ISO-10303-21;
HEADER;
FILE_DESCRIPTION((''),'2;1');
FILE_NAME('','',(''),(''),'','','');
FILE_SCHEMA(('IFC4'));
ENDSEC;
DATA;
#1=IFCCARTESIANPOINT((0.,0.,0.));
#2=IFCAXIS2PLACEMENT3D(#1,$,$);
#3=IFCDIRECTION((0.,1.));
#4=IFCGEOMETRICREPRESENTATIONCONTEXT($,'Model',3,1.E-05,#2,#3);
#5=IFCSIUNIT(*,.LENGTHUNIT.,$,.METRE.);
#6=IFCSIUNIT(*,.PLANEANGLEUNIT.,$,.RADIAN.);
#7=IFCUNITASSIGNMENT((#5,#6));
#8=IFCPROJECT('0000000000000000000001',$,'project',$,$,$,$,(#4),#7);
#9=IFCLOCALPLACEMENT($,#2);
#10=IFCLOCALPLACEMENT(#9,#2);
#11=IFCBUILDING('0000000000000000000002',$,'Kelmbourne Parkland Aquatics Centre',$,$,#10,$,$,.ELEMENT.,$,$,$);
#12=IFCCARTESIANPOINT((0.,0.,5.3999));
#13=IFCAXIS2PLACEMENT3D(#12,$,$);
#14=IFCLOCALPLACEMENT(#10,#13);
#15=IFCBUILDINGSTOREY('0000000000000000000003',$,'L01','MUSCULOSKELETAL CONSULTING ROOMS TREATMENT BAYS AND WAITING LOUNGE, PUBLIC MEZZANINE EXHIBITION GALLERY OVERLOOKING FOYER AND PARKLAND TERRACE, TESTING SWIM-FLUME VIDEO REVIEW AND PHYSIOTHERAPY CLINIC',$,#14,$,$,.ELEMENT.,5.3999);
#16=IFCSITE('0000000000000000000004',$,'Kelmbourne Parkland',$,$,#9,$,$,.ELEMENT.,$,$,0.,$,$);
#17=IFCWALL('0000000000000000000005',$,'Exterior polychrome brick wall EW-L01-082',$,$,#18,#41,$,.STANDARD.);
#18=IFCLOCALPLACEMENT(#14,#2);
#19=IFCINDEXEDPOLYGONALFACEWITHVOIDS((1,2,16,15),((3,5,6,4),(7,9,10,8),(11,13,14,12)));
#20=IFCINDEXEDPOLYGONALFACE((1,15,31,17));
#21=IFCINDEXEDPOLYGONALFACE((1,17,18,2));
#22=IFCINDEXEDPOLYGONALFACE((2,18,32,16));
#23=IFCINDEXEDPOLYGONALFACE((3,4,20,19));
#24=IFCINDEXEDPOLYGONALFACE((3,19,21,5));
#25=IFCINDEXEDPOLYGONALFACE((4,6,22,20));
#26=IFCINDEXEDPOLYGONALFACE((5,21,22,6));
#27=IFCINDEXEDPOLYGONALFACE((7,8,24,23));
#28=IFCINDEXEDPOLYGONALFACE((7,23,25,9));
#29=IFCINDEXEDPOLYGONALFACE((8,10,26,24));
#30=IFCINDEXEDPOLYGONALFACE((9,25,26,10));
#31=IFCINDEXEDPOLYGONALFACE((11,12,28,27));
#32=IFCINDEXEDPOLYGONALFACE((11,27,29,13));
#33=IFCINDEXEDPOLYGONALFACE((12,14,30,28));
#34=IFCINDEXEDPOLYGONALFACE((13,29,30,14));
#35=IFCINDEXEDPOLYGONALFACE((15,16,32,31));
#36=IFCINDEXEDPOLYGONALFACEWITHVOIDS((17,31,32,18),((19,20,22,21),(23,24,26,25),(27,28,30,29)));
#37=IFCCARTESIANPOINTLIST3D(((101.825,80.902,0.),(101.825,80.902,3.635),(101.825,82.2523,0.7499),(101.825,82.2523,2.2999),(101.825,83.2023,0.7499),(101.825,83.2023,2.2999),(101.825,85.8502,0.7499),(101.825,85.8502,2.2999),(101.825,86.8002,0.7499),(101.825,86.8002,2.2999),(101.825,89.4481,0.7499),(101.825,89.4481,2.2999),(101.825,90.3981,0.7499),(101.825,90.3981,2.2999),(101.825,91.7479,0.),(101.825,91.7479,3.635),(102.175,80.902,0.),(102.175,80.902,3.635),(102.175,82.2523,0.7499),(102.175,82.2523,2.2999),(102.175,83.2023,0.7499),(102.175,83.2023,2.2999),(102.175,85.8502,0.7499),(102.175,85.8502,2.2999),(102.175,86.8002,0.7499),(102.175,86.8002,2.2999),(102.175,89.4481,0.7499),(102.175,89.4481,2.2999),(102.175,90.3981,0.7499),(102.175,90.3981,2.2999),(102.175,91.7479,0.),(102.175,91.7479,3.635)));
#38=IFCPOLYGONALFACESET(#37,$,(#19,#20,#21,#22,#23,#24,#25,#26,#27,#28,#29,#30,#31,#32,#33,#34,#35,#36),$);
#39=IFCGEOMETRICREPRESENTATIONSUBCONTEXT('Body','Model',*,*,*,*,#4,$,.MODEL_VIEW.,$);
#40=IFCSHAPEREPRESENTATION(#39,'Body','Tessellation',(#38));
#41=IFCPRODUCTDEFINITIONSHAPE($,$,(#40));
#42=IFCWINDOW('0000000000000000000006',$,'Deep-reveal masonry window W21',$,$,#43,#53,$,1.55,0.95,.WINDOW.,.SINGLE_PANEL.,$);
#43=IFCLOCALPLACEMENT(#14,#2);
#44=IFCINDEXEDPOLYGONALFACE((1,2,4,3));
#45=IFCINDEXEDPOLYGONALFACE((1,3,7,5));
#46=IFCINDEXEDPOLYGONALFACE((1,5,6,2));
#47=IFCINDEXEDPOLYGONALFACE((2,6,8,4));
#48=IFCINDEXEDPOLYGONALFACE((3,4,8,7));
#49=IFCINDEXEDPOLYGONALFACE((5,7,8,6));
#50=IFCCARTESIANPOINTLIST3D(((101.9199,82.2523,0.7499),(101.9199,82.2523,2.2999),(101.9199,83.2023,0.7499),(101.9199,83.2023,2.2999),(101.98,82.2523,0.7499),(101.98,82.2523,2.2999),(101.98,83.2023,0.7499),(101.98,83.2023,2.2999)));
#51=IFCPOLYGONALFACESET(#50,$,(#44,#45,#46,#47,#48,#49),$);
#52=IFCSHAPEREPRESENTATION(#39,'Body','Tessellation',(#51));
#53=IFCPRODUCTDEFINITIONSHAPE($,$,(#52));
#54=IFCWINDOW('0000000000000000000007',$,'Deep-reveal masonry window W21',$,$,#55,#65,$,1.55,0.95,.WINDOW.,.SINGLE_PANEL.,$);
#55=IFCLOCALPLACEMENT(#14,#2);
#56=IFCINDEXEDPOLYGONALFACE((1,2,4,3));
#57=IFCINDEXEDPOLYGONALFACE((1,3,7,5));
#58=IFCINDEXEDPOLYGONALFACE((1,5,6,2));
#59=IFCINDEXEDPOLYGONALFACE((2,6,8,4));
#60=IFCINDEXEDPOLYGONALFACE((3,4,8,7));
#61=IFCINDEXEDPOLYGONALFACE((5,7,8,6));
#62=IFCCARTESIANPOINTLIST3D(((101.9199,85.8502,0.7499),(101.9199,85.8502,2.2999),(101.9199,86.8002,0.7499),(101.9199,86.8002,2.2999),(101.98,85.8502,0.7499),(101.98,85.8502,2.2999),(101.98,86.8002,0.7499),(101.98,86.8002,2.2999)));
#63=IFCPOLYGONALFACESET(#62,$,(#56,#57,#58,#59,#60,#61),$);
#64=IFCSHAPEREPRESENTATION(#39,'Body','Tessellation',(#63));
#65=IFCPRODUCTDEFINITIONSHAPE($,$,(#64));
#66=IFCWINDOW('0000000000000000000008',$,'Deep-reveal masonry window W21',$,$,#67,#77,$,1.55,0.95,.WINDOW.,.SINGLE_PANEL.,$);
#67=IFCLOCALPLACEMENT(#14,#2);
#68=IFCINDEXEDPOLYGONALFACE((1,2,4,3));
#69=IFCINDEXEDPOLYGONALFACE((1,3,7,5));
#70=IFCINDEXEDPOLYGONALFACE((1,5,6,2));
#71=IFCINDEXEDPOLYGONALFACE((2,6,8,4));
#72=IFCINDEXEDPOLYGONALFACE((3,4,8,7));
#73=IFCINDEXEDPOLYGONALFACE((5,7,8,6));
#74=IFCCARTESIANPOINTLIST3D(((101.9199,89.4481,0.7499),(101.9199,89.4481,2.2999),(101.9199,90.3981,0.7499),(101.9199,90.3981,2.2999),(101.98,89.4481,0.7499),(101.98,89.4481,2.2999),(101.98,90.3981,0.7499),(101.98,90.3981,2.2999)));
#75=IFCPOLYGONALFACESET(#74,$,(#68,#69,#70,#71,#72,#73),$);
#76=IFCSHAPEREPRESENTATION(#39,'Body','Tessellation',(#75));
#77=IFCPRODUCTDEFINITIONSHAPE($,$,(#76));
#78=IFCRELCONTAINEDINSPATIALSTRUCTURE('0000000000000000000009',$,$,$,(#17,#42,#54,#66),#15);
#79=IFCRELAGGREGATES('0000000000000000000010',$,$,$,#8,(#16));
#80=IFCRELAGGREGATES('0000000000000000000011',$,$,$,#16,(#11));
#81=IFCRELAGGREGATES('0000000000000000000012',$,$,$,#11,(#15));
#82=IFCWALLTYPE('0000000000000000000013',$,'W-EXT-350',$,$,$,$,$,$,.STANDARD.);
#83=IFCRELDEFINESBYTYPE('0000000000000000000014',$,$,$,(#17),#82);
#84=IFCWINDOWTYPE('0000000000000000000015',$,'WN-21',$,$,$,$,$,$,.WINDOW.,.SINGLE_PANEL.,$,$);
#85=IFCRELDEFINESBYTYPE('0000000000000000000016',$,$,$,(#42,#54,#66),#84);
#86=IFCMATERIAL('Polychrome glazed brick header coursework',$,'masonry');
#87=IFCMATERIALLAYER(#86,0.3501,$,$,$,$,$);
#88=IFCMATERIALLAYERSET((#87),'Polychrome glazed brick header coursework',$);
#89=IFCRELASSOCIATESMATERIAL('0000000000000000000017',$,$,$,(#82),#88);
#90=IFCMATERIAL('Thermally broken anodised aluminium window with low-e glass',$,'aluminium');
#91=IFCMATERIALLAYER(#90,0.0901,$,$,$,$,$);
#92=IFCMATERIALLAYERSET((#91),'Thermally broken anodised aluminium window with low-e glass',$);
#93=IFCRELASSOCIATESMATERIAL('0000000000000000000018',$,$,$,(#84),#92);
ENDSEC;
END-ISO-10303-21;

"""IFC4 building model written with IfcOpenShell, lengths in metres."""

from ifc_helpers import new_model, si_unit, direction, frame, frame_2d, origin, place, context, subcontext, project, spatial, rectangle, extrude, material, layer, layer_set, type_object, element, fill, save


model = new_model("IFC4")

# Units and contexts
model_context = context("Model", 3, precision=1e-05, world=origin(), true_north=direction((0.0, 1.0)))
body_context = subcontext(model_context, "Body", "Model", "MODEL_VIEW")
ifc_project = project(units=[si_unit("LENGTHUNIT", "METRE"), si_unit("PLANEANGLEUNIT", "RADIAN")], contexts=[model_context])

# Site, building, storey
site_placement = place(None, origin())
site = spatial("IfcSite", under=ifc_project, at=site_placement, Name="Kelmbourne Parkland", CompositionType="ELEMENT", RefElevation=0.0)
building_placement = place(site_placement, origin())
building = spatial("IfcBuilding", under=site, at=building_placement, Name="Kelmbourne Parkland Aquatics Centre", CompositionType="ELEMENT")
storey_placement = place(building_placement, frame((0.0, 0.0, 5.3999)))
storey = spatial("IfcBuildingStorey", under=building, at=storey_placement, Name="L01", Description="MUSCULOSKELETAL CONSULTING ROOMS TREATMENT BAYS AND WAITING LOUNGE, PUBLIC MEZZANINE EXHIBITION GALLERY OVERLOOKING FOYER AND PARKLAND TERRACE, TESTING SWIM-FLUME VIDEO REVIEW AND PHYSIOTHERAPY CLINIC", CompositionType="ELEMENT", Elevation=5.3999)

# Wall, openings, windows
ifc_material_1 = material(Name="Thermally broken anodised aluminium window with low-e glass", Category="aluminium")
ifc_material_2 = material(Name="Polychrome glazed brick header coursework", Category="masonry")
ifc_layer_1 = layer(ifc_material_2, 0.3501)
ifc_layer_set_1 = layer_set([ifc_layer_1], Name="Polychrome glazed brick header coursework")
wall_type_1 = type_object("IfcWallType", Name="W-EXT-350", PredefinedType="STANDARD", material=ifc_layer_set_1)
wall_1_placement = place(storey_placement, frame((102.0, 80.9021, 0.0), z_axis=(0.0, 0.0, 1.0), x_axis=(0.0, 1.0, 0.0)))
wall_1 = element("IfcWall", 1, at=wall_1_placement, inside=storey, type_object=wall_type_1, Name="Exterior polychrome brick wall EW-L01-082", PredefinedType="STANDARD", context=body_context, shape_type="SweptSolid", body=[
    extrude(rectangle(XDim=10.8459, YDim=0.3501, at=frame_2d((5.4229, 0.0))), origin(), (0.0, 0.0, 1.0), 3.635),
])
opening_1_placement = place(wall_1_placement, frame((1.3501, 0.0, 0.75)))
opening_1 = element("IfcOpeningElement", 2, at=opening_1_placement, cuts=wall_1, PredefinedType="OPENING", context=body_context, shape_type="SweptSolid", body=[
    extrude(rectangle(XDim=0.95, YDim=1.55, at=frame_2d((0.4751, 0.7749))), frame((0.0, 0.187, 0.0), z_axis=(0.0, -1.0, 0.0), x_axis=(1.0, 0.0, 0.0)), (0.0, 0.0, 1.0), 0.374),
])
opening_2_placement = place(wall_1_placement, frame((4.948, 0.0, 0.75)))
opening_2 = element("IfcOpeningElement", 3, at=opening_2_placement, cuts=wall_1, PredefinedType="OPENING", context=body_context, shape_type="SweptSolid", body=[
    extrude(rectangle(XDim=0.95, YDim=1.55, at=frame_2d((0.4751, 0.7749))), frame((0.0, 0.187, 0.0), z_axis=(0.0, -1.0, 0.0), x_axis=(1.0, 0.0, 0.0)), (0.0, 0.0, 1.0), 0.374),
])
opening_3_placement = place(wall_1_placement, frame((8.5459, 0.0, 0.75)))
opening_3 = element("IfcOpeningElement", 4, at=opening_3_placement, cuts=wall_1, PredefinedType="OPENING", context=body_context, shape_type="SweptSolid", body=[
    extrude(rectangle(XDim=0.95, YDim=1.55, at=frame_2d((0.4751, 0.7749))), frame((0.0, 0.187, 0.0), z_axis=(0.0, -1.0, 0.0), x_axis=(1.0, 0.0, 0.0)), (0.0, 0.0, 1.0), 0.374),
])
ifc_layer_2 = layer(ifc_material_1, 0.0901)
ifc_layer_set_2 = layer_set([ifc_layer_2], Name="Thermally broken anodised aluminium window with low-e glass")
window_type_1 = type_object("IfcWindowType", Name="WN-21", PartitioningType="SINGLE_PANEL", PredefinedType="WINDOW", material=ifc_layer_set_2)
window_1_placement = place(opening_1_placement, origin())
window_1 = element("IfcWindow", 5, at=window_1_placement, inside=storey, type_object=window_type_1, Name="Deep-reveal masonry window W21", OverallHeight=1.55, OverallWidth=0.95, PartitioningType="SINGLE_PANEL", PredefinedType="WINDOW", context=body_context, shape_type="SweptSolid", body=[
    extrude(rectangle(XDim=0.95, YDim=1.55, at=frame_2d((0.4751, 0.7749))), frame((0.0, 0.0801, 0.0), z_axis=(0.0, -1.0, 0.0), x_axis=(1.0, 0.0, 0.0)), (0.0, 0.0, 1.0), 0.0601),
])
fill(opening_1, window_1)
window_2_placement = place(opening_2_placement, origin())
window_2 = element("IfcWindow", 6, at=window_2_placement, inside=storey, type_object=window_type_1, Name="Deep-reveal masonry window W21", OverallHeight=1.55, OverallWidth=0.95, PartitioningType="SINGLE_PANEL", PredefinedType="WINDOW", context=body_context, shape_type="SweptSolid", body=[
    extrude(rectangle(XDim=0.95, YDim=1.55, at=frame_2d((0.4751, 0.7749))), frame((0.0, 0.0801, 0.0), z_axis=(0.0, -1.0, 0.0), x_axis=(1.0, 0.0, 0.0)), (0.0, 0.0, 1.0), 0.0601),
])
fill(opening_2, window_2)
window_3_placement = place(opening_3_placement, origin())
window_3 = element("IfcWindow", 7, at=window_3_placement, inside=storey, type_object=window_type_1, Name="Deep-reveal masonry window W21", OverallHeight=1.55, OverallWidth=0.95, PartitioningType="SINGLE_PANEL", PredefinedType="WINDOW", context=body_context, shape_type="SweptSolid", body=[
    extrude(rectangle(XDim=0.95, YDim=1.55, at=frame_2d((0.4751, 0.7749))), frame((0.0, 0.0801, 0.0), z_axis=(0.0, -1.0, 0.0), x_axis=(1.0, 0.0, 0.0)), (0.0, 0.0, 1.0), 0.0601),
])
fill(opening_3, window_3)

save(model, "model.ifc")
